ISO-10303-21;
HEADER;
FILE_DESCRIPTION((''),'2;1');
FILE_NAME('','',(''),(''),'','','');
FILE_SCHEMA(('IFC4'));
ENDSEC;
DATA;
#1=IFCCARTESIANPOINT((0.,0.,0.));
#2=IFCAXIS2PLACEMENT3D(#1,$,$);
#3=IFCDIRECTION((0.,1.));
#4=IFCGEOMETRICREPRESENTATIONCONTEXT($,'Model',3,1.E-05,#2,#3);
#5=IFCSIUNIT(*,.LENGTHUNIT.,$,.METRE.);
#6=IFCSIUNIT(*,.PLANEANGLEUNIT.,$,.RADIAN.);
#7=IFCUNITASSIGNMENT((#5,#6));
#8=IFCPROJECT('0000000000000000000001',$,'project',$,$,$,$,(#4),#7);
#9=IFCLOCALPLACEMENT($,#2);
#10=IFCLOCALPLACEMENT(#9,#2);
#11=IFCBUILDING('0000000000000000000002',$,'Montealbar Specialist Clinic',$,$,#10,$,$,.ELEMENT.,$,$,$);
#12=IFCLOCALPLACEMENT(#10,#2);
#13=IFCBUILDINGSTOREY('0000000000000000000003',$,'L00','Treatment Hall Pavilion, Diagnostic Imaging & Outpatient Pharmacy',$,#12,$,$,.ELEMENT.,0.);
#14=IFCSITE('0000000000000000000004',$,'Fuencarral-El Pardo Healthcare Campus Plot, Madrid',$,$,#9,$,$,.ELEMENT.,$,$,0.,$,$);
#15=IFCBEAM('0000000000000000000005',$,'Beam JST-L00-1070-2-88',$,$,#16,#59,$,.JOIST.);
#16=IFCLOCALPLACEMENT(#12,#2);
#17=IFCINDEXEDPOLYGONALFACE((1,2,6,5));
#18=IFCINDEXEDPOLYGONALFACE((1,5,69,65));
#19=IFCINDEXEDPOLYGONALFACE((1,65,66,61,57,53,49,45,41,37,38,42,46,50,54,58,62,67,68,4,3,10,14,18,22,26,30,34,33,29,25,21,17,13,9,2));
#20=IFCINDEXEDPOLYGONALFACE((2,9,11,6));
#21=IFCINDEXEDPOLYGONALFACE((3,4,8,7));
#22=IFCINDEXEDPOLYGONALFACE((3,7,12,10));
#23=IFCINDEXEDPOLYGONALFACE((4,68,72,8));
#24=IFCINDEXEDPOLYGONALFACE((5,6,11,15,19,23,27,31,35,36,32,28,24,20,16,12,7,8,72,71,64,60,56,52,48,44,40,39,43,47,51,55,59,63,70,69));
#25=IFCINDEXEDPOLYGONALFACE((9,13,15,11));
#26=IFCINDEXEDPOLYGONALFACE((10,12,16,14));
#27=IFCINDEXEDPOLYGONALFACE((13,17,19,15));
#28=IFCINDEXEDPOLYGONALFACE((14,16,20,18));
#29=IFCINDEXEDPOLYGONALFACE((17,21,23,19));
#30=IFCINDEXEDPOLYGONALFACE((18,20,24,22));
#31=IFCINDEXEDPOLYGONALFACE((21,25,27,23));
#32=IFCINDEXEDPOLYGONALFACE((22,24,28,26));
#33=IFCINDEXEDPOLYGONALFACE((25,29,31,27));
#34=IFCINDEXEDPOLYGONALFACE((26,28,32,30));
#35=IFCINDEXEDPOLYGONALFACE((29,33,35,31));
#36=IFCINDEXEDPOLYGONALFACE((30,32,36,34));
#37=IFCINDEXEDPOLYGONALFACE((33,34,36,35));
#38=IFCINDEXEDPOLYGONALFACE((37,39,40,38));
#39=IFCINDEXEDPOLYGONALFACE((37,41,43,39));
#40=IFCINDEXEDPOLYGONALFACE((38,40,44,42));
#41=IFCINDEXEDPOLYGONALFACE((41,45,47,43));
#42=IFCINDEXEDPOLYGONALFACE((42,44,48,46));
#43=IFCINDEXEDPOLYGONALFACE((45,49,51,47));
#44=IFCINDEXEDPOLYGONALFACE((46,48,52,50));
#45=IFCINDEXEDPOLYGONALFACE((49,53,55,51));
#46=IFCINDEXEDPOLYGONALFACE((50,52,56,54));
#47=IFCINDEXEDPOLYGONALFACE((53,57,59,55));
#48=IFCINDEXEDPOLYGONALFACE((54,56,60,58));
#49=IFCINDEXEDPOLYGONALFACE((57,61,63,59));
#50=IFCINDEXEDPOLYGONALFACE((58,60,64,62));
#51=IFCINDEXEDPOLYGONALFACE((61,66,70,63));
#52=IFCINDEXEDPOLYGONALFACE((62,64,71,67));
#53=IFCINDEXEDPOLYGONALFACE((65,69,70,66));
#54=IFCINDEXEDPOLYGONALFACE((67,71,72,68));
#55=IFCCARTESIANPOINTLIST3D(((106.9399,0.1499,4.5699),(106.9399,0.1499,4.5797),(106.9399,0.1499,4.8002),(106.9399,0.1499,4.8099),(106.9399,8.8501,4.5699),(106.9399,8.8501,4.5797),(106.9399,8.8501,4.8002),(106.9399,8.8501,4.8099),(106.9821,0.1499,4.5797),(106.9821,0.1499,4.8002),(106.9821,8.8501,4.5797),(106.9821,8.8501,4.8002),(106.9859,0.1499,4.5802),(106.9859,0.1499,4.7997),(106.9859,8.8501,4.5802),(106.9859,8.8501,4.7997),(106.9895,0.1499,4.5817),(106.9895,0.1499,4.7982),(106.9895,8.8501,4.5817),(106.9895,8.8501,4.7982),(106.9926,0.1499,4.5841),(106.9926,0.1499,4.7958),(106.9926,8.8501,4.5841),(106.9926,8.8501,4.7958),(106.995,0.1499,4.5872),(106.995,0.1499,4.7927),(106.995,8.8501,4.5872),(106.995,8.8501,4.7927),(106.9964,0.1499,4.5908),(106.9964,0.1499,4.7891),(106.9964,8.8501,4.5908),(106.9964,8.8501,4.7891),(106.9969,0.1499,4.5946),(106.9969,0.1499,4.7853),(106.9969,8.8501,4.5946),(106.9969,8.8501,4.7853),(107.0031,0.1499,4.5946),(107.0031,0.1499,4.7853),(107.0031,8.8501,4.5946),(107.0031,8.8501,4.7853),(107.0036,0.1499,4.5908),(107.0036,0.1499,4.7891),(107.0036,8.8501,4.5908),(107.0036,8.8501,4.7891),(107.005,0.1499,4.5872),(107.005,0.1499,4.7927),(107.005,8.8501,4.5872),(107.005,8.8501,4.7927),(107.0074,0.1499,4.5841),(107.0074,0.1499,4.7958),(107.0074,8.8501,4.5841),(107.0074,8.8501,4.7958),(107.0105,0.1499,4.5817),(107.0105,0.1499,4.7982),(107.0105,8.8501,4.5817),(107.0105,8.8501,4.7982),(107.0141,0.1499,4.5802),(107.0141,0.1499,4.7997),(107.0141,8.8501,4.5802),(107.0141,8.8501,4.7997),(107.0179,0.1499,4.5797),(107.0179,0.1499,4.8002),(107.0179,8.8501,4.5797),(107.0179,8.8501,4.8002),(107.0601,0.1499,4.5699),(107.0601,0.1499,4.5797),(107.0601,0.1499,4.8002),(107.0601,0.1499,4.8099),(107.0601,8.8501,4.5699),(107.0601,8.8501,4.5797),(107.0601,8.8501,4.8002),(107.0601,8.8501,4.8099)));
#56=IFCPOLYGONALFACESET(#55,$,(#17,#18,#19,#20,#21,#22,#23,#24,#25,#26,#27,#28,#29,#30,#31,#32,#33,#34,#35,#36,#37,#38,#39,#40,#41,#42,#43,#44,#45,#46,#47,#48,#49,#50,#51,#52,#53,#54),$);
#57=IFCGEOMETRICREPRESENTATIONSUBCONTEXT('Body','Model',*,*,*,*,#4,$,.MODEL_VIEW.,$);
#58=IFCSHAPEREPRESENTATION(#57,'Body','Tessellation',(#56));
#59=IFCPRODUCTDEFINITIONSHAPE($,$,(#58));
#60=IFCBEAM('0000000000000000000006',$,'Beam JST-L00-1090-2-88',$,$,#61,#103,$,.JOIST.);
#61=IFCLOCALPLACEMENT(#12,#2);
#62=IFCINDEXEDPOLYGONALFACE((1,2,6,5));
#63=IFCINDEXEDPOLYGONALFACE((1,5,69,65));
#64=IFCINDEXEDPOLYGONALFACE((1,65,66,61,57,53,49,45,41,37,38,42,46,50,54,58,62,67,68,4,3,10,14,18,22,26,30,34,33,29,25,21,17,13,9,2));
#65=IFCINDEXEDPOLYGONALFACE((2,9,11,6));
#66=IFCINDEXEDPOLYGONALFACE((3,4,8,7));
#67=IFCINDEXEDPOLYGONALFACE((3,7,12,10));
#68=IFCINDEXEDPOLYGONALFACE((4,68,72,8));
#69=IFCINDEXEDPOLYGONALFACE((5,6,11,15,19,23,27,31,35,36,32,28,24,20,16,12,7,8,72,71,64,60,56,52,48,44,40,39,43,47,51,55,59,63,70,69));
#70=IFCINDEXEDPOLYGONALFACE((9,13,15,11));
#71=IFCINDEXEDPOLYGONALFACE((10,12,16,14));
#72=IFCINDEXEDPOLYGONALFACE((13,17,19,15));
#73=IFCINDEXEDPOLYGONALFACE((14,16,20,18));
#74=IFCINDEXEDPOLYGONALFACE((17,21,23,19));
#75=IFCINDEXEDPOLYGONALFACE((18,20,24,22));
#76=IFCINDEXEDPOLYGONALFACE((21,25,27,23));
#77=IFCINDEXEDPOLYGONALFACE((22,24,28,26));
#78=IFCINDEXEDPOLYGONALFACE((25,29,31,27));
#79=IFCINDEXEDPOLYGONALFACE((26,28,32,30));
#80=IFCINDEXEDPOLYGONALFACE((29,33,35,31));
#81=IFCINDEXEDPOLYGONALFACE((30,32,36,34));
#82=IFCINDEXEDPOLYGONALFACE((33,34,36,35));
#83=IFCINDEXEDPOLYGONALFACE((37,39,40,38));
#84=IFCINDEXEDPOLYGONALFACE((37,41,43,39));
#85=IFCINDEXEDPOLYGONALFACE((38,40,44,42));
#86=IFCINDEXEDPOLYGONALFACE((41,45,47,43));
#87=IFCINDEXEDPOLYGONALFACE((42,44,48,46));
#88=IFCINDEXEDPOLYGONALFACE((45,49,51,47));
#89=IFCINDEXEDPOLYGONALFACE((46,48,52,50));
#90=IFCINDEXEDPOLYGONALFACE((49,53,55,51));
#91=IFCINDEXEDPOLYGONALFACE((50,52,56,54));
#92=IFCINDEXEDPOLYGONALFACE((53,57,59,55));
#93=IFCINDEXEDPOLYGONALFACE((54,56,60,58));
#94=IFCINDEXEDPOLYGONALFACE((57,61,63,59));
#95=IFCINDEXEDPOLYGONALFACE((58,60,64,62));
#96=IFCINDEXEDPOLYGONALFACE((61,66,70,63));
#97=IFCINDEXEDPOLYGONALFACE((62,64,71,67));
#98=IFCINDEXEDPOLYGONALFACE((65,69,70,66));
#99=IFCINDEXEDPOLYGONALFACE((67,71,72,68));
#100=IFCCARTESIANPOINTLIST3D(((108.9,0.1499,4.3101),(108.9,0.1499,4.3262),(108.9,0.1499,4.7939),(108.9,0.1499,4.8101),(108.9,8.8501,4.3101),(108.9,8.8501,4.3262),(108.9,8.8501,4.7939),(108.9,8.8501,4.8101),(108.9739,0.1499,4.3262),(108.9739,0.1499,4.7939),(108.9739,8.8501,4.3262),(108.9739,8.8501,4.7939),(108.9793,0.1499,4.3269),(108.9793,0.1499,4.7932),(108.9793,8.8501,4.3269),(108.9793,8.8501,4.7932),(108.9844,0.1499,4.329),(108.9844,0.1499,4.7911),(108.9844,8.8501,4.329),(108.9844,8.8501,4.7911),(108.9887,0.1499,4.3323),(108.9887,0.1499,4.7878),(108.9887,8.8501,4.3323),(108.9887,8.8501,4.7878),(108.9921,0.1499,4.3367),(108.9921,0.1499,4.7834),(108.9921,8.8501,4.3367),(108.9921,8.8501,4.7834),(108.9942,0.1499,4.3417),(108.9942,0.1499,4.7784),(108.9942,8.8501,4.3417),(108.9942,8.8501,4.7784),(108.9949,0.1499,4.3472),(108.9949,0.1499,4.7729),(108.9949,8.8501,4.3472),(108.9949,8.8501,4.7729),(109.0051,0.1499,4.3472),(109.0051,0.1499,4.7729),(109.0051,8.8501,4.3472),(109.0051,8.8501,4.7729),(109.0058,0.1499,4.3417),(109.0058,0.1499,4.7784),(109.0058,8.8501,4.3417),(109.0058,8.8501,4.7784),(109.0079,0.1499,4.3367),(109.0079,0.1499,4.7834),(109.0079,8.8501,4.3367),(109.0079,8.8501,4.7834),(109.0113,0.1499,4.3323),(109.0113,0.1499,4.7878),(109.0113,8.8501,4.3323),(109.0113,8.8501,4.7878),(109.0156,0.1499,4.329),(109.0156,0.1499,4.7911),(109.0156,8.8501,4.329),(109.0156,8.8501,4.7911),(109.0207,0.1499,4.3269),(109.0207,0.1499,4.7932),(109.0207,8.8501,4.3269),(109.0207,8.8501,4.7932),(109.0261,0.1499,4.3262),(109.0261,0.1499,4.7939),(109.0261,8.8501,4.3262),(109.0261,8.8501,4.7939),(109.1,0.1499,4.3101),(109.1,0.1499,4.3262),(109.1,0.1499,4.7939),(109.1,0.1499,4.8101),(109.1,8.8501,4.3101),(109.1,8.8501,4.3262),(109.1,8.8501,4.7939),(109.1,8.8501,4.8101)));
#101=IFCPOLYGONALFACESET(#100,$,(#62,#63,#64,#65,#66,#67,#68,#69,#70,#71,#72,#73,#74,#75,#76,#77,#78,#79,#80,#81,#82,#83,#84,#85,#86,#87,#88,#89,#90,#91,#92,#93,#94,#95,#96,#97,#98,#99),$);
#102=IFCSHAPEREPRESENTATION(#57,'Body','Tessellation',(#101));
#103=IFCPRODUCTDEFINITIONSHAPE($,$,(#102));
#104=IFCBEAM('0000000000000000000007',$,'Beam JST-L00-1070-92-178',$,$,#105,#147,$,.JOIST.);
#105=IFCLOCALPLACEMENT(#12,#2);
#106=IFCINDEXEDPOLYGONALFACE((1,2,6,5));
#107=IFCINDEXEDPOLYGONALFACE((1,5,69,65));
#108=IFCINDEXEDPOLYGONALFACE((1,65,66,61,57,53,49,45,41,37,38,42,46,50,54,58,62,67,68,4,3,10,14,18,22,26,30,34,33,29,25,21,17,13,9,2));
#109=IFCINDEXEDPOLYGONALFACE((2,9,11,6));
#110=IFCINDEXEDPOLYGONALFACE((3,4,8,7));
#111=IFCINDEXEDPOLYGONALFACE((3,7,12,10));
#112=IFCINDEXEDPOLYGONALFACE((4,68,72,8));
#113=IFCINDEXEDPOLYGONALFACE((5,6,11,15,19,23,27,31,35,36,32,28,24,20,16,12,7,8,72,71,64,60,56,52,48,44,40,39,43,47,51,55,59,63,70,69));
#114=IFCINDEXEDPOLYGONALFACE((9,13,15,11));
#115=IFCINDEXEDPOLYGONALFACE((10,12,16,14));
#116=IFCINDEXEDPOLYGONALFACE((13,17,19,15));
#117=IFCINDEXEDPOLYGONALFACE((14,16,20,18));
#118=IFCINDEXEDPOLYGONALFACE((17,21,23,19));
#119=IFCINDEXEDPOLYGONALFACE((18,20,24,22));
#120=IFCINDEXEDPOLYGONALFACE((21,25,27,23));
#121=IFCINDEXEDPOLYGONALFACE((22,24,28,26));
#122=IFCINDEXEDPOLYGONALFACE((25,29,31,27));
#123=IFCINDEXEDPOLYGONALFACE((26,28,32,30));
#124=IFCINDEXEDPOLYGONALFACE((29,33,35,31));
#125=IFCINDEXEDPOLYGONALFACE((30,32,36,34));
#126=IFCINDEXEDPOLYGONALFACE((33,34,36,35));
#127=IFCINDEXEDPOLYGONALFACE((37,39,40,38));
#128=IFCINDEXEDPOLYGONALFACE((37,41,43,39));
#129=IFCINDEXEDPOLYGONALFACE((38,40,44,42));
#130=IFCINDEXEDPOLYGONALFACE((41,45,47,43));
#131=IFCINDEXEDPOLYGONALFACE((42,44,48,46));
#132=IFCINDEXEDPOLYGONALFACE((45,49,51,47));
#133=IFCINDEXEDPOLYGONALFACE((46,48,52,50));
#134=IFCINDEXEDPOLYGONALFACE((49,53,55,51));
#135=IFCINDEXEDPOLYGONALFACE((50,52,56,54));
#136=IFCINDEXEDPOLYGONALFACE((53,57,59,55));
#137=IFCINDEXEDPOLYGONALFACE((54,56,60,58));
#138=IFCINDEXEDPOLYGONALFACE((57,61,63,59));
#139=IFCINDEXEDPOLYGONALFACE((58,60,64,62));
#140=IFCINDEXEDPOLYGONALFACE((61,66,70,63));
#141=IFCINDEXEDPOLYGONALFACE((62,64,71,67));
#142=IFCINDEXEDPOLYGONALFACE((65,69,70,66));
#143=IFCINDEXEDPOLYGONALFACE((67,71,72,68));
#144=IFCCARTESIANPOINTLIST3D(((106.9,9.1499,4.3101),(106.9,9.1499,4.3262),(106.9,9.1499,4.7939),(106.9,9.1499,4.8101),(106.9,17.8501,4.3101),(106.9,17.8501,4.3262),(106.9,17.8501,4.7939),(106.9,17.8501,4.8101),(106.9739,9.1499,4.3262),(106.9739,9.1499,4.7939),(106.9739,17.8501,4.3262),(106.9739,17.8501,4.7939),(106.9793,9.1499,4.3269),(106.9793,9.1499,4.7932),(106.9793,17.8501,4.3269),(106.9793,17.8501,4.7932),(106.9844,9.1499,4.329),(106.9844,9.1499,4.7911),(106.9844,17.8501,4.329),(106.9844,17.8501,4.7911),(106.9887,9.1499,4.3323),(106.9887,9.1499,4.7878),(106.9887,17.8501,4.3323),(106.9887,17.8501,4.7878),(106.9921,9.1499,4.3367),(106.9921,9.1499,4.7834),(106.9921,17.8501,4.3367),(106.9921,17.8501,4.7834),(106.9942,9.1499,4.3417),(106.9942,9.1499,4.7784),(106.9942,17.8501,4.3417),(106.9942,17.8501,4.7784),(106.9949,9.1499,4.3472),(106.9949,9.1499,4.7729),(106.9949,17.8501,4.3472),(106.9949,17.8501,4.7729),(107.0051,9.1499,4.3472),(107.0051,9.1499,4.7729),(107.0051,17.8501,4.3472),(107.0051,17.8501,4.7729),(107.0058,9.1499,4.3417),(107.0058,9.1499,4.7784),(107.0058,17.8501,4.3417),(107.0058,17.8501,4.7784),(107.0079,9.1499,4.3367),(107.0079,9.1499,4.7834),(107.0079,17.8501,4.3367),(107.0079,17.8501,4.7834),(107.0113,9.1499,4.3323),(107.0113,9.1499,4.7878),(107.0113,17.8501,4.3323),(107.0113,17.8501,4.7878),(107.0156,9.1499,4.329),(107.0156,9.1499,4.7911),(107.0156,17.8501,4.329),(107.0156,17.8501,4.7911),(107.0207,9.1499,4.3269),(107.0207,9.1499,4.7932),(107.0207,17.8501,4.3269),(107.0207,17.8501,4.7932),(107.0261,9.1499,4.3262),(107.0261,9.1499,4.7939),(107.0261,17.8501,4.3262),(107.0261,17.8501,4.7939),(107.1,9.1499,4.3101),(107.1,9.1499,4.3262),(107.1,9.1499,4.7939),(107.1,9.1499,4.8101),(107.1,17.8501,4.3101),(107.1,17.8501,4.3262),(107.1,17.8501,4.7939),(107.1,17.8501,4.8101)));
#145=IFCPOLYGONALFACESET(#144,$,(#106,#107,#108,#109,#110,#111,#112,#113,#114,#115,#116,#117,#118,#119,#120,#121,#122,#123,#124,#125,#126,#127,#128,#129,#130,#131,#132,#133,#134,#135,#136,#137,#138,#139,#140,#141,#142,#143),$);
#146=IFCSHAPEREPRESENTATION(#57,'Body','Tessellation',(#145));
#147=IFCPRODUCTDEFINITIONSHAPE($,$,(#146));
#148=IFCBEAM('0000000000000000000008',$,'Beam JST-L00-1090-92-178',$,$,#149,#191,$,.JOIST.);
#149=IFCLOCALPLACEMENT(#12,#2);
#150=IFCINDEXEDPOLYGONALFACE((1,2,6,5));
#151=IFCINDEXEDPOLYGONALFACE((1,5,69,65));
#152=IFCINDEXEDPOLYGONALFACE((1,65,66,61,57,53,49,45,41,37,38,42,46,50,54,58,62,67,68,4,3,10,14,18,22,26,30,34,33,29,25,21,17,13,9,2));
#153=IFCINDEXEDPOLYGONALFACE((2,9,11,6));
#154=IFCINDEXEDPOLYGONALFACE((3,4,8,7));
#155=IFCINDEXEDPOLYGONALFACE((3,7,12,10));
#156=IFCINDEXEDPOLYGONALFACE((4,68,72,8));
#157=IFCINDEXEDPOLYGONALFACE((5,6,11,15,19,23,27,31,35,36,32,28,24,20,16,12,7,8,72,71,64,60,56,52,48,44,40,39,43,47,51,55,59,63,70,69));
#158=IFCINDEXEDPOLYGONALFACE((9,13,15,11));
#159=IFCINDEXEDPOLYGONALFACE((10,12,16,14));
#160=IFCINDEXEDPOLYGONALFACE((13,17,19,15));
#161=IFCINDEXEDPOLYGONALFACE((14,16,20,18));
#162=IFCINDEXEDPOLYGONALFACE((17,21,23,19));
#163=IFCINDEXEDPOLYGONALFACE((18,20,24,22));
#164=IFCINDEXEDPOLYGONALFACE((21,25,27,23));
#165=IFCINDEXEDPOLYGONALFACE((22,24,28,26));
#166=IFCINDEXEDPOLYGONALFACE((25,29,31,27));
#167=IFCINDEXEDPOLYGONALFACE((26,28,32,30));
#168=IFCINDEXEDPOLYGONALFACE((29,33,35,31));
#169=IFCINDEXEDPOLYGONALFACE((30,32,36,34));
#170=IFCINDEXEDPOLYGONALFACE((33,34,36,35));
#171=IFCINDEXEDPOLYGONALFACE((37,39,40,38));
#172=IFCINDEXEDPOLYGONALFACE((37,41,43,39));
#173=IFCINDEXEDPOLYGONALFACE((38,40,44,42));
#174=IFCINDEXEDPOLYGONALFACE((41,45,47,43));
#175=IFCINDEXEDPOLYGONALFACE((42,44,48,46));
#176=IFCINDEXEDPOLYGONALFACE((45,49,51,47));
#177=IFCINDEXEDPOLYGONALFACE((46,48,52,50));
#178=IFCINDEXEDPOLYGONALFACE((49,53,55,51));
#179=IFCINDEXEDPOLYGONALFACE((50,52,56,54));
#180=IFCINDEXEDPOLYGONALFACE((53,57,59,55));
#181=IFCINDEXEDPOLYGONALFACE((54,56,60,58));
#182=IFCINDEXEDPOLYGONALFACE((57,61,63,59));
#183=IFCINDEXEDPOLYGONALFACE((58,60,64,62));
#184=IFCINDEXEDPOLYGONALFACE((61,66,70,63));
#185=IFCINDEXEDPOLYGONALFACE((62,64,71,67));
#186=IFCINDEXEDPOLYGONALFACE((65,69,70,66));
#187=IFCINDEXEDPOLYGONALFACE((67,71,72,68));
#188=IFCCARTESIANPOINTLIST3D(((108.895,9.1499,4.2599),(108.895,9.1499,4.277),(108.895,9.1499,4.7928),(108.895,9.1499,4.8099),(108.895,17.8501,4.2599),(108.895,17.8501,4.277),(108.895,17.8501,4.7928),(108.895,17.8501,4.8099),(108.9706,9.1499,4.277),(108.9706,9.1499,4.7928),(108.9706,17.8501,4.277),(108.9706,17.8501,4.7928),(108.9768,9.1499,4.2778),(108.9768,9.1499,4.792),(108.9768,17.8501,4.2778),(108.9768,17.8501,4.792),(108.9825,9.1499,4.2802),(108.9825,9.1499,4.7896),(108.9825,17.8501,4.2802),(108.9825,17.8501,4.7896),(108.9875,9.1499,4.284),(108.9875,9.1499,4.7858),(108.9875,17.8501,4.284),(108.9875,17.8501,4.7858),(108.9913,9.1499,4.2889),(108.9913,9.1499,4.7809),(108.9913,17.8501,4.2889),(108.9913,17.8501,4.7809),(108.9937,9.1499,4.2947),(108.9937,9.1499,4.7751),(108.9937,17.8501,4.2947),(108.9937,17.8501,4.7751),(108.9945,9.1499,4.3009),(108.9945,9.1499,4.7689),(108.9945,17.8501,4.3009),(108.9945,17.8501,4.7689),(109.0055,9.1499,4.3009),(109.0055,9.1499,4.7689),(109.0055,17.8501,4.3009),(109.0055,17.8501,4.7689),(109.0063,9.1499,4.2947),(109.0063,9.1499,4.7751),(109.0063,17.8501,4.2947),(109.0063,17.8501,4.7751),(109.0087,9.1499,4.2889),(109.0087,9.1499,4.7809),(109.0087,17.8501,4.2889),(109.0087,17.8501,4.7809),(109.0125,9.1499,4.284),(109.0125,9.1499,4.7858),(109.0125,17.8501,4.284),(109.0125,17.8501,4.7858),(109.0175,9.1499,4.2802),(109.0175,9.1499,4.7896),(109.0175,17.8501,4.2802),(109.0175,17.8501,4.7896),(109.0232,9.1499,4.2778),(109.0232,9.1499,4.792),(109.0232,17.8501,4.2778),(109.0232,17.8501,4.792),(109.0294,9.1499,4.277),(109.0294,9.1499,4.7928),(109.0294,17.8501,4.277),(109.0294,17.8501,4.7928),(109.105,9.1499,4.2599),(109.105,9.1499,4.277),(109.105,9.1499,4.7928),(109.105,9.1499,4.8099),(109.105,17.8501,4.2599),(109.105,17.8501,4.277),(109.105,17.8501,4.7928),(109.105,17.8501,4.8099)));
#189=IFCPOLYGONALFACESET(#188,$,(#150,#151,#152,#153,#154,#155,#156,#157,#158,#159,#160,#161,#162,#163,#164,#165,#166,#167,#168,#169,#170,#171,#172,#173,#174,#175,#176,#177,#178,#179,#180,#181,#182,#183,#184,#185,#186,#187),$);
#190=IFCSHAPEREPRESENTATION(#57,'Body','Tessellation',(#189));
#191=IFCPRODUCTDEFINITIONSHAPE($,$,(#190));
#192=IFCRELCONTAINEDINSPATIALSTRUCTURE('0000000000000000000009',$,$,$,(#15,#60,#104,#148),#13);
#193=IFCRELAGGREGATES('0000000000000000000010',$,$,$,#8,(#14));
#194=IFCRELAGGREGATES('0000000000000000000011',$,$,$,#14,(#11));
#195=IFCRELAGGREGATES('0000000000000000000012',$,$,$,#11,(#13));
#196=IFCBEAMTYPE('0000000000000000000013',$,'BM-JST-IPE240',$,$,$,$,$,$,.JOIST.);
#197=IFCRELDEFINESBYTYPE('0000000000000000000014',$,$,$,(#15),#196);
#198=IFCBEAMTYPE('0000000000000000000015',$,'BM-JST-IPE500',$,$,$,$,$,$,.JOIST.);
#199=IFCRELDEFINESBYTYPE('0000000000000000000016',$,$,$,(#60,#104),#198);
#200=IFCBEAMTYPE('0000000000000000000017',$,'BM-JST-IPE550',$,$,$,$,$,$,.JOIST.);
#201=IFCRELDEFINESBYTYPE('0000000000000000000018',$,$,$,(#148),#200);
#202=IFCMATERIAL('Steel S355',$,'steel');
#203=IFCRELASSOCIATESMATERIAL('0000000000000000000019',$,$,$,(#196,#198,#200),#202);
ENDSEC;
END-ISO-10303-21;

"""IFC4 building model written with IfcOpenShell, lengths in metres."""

from ifc_helpers import new_model, si_unit, direction, frame, origin, origin_2d, place, context, subcontext, project, spatial, i_section, extrude, material, material_profile, profile_set, type_object, element, save


model = new_model("IFC4")

# Units and contexts
model_context = context("Model", 3, precision=1e-05, world=origin(), true_north=direction((0.0, 1.0)))
body_context = subcontext(model_context, "Body", "Model", "MODEL_VIEW")
ifc_project = project(units=[si_unit("LENGTHUNIT", "METRE"), si_unit("PLANEANGLEUNIT", "RADIAN")], contexts=[model_context])

# Site, building, storey
site_placement = place(None, origin())
site = spatial("IfcSite", under=ifc_project, at=site_placement, Name="Fuencarral-El Pardo Healthcare Campus Plot, Madrid", CompositionType="ELEMENT", RefElevation=0.0)
building_placement = place(site_placement, origin())
building = spatial("IfcBuilding", under=site, at=building_placement, Name="Montealbar Specialist Clinic", CompositionType="ELEMENT")
storey_placement = place(building_placement, origin())
storey = spatial("IfcBuildingStorey", under=building, at=storey_placement, Name="L00", Description="Treatment Hall Pavilion, Diagnostic Imaging & Outpatient Pharmacy", CompositionType="ELEMENT", Elevation=0.0)

# Shared definitions
ifc_material_1 = material(Name="Steel S355", Category="steel")

# Beams
ifc_material_profile_1 = material_profile(ifc_material_1, i_section(OverallWidth=0.1201, OverallDepth=0.24, WebThickness=0.0061, FlangeThickness=0.0098, FilletRadius=0.0149, at=origin_2d()), Name="IPE 240", Category="steel")
ifc_profile_set_1 = profile_set([ifc_material_profile_1], Name="Steel S355")
beam_type_1 = type_object("IfcBeamType", Name="BM-JST-IPE240", PredefinedType="JOIST", material=ifc_profile_set_1)
beam_1_placement = place(storey_placement, frame((107.0, 0.1499, 4.6899), z_axis=(0.0, 1.0, 0.0), x_axis=(-1.0, 0.0, 0.0)))
element("IfcBeam", 1, at=beam_1_placement, inside=storey, type_object=beam_type_1, Name="Beam JST-L00-1070-2-88", PredefinedType="JOIST", context=body_context, shape_type="SweptSolid", body=[
    extrude(i_section(OverallWidth=0.1201, OverallDepth=0.24, WebThickness=0.0061, FlangeThickness=0.0098, FilletRadius=0.0149, at=origin_2d()), origin(), (0.0, 0.0, 1.0), 8.7002),
])
ifc_material_profile_2 = material_profile(ifc_material_1, i_section(OverallWidth=0.2, OverallDepth=0.5, WebThickness=0.0103, FlangeThickness=0.0161, FilletRadius=0.021, at=origin_2d()), Name="IPE 500", Category="steel")
ifc_profile_set_2 = profile_set([ifc_material_profile_2], Name="Steel S355")
beam_type_2 = type_object("IfcBeamType", Name="BM-JST-IPE500", PredefinedType="JOIST", material=ifc_profile_set_2)
for number, where, z_axis, x_axis, name in (
    (2, (109.0, 0.1499, 4.5601), (0.0, 1.0, 0.0), (-1.0, 0.0, 0.0), "Beam JST-L00-1090-2-88"),
    (3, (107.0, 9.1499, 4.5601), (0.0, 1.0, 0.0), (-1.0, 0.0, 0.0), "Beam JST-L00-1070-92-178"),
):
    element("IfcBeam", number, at=place(storey_placement, frame(where, z_axis=z_axis, x_axis=x_axis)), inside=storey, type_object=beam_type_2, Name=name, PredefinedType="JOIST", context=body_context, shape_type="SweptSolid", body=[
        extrude(i_section(OverallWidth=0.2, OverallDepth=0.5, WebThickness=0.0103, FlangeThickness=0.0161, FilletRadius=0.021, at=origin_2d()), origin(), (0.0, 0.0, 1.0), 8.7002),
    ])
ifc_material_profile_3 = material_profile(ifc_material_1, i_section(OverallWidth=0.21, OverallDepth=0.55, WebThickness=0.011, FlangeThickness=0.0171, FilletRadius=0.0239, at=origin_2d()), Name="IPE 550", Category="steel")
ifc_profile_set_3 = profile_set([ifc_material_profile_3], Name="Steel S355")
beam_type_3 = type_object("IfcBeamType", Name="BM-JST-IPE550", PredefinedType="JOIST", material=ifc_profile_set_3)
beam_2_placement = place(storey_placement, frame((109.0, 9.1499, 4.5349), z_axis=(0.0, 1.0, 0.0), x_axis=(-1.0, 0.0, 0.0)))
element("IfcBeam", 4, at=beam_2_placement, inside=storey, type_object=beam_type_3, Name="Beam JST-L00-1090-92-178", PredefinedType="JOIST", context=body_context, shape_type="SweptSolid", body=[
    extrude(i_section(OverallWidth=0.21, OverallDepth=0.55, WebThickness=0.011, FlangeThickness=0.0171, FilletRadius=0.0239, at=origin_2d()), origin(), (0.0, 0.0, 1.0), 8.7002),
])

save(model, "model.ifc")
